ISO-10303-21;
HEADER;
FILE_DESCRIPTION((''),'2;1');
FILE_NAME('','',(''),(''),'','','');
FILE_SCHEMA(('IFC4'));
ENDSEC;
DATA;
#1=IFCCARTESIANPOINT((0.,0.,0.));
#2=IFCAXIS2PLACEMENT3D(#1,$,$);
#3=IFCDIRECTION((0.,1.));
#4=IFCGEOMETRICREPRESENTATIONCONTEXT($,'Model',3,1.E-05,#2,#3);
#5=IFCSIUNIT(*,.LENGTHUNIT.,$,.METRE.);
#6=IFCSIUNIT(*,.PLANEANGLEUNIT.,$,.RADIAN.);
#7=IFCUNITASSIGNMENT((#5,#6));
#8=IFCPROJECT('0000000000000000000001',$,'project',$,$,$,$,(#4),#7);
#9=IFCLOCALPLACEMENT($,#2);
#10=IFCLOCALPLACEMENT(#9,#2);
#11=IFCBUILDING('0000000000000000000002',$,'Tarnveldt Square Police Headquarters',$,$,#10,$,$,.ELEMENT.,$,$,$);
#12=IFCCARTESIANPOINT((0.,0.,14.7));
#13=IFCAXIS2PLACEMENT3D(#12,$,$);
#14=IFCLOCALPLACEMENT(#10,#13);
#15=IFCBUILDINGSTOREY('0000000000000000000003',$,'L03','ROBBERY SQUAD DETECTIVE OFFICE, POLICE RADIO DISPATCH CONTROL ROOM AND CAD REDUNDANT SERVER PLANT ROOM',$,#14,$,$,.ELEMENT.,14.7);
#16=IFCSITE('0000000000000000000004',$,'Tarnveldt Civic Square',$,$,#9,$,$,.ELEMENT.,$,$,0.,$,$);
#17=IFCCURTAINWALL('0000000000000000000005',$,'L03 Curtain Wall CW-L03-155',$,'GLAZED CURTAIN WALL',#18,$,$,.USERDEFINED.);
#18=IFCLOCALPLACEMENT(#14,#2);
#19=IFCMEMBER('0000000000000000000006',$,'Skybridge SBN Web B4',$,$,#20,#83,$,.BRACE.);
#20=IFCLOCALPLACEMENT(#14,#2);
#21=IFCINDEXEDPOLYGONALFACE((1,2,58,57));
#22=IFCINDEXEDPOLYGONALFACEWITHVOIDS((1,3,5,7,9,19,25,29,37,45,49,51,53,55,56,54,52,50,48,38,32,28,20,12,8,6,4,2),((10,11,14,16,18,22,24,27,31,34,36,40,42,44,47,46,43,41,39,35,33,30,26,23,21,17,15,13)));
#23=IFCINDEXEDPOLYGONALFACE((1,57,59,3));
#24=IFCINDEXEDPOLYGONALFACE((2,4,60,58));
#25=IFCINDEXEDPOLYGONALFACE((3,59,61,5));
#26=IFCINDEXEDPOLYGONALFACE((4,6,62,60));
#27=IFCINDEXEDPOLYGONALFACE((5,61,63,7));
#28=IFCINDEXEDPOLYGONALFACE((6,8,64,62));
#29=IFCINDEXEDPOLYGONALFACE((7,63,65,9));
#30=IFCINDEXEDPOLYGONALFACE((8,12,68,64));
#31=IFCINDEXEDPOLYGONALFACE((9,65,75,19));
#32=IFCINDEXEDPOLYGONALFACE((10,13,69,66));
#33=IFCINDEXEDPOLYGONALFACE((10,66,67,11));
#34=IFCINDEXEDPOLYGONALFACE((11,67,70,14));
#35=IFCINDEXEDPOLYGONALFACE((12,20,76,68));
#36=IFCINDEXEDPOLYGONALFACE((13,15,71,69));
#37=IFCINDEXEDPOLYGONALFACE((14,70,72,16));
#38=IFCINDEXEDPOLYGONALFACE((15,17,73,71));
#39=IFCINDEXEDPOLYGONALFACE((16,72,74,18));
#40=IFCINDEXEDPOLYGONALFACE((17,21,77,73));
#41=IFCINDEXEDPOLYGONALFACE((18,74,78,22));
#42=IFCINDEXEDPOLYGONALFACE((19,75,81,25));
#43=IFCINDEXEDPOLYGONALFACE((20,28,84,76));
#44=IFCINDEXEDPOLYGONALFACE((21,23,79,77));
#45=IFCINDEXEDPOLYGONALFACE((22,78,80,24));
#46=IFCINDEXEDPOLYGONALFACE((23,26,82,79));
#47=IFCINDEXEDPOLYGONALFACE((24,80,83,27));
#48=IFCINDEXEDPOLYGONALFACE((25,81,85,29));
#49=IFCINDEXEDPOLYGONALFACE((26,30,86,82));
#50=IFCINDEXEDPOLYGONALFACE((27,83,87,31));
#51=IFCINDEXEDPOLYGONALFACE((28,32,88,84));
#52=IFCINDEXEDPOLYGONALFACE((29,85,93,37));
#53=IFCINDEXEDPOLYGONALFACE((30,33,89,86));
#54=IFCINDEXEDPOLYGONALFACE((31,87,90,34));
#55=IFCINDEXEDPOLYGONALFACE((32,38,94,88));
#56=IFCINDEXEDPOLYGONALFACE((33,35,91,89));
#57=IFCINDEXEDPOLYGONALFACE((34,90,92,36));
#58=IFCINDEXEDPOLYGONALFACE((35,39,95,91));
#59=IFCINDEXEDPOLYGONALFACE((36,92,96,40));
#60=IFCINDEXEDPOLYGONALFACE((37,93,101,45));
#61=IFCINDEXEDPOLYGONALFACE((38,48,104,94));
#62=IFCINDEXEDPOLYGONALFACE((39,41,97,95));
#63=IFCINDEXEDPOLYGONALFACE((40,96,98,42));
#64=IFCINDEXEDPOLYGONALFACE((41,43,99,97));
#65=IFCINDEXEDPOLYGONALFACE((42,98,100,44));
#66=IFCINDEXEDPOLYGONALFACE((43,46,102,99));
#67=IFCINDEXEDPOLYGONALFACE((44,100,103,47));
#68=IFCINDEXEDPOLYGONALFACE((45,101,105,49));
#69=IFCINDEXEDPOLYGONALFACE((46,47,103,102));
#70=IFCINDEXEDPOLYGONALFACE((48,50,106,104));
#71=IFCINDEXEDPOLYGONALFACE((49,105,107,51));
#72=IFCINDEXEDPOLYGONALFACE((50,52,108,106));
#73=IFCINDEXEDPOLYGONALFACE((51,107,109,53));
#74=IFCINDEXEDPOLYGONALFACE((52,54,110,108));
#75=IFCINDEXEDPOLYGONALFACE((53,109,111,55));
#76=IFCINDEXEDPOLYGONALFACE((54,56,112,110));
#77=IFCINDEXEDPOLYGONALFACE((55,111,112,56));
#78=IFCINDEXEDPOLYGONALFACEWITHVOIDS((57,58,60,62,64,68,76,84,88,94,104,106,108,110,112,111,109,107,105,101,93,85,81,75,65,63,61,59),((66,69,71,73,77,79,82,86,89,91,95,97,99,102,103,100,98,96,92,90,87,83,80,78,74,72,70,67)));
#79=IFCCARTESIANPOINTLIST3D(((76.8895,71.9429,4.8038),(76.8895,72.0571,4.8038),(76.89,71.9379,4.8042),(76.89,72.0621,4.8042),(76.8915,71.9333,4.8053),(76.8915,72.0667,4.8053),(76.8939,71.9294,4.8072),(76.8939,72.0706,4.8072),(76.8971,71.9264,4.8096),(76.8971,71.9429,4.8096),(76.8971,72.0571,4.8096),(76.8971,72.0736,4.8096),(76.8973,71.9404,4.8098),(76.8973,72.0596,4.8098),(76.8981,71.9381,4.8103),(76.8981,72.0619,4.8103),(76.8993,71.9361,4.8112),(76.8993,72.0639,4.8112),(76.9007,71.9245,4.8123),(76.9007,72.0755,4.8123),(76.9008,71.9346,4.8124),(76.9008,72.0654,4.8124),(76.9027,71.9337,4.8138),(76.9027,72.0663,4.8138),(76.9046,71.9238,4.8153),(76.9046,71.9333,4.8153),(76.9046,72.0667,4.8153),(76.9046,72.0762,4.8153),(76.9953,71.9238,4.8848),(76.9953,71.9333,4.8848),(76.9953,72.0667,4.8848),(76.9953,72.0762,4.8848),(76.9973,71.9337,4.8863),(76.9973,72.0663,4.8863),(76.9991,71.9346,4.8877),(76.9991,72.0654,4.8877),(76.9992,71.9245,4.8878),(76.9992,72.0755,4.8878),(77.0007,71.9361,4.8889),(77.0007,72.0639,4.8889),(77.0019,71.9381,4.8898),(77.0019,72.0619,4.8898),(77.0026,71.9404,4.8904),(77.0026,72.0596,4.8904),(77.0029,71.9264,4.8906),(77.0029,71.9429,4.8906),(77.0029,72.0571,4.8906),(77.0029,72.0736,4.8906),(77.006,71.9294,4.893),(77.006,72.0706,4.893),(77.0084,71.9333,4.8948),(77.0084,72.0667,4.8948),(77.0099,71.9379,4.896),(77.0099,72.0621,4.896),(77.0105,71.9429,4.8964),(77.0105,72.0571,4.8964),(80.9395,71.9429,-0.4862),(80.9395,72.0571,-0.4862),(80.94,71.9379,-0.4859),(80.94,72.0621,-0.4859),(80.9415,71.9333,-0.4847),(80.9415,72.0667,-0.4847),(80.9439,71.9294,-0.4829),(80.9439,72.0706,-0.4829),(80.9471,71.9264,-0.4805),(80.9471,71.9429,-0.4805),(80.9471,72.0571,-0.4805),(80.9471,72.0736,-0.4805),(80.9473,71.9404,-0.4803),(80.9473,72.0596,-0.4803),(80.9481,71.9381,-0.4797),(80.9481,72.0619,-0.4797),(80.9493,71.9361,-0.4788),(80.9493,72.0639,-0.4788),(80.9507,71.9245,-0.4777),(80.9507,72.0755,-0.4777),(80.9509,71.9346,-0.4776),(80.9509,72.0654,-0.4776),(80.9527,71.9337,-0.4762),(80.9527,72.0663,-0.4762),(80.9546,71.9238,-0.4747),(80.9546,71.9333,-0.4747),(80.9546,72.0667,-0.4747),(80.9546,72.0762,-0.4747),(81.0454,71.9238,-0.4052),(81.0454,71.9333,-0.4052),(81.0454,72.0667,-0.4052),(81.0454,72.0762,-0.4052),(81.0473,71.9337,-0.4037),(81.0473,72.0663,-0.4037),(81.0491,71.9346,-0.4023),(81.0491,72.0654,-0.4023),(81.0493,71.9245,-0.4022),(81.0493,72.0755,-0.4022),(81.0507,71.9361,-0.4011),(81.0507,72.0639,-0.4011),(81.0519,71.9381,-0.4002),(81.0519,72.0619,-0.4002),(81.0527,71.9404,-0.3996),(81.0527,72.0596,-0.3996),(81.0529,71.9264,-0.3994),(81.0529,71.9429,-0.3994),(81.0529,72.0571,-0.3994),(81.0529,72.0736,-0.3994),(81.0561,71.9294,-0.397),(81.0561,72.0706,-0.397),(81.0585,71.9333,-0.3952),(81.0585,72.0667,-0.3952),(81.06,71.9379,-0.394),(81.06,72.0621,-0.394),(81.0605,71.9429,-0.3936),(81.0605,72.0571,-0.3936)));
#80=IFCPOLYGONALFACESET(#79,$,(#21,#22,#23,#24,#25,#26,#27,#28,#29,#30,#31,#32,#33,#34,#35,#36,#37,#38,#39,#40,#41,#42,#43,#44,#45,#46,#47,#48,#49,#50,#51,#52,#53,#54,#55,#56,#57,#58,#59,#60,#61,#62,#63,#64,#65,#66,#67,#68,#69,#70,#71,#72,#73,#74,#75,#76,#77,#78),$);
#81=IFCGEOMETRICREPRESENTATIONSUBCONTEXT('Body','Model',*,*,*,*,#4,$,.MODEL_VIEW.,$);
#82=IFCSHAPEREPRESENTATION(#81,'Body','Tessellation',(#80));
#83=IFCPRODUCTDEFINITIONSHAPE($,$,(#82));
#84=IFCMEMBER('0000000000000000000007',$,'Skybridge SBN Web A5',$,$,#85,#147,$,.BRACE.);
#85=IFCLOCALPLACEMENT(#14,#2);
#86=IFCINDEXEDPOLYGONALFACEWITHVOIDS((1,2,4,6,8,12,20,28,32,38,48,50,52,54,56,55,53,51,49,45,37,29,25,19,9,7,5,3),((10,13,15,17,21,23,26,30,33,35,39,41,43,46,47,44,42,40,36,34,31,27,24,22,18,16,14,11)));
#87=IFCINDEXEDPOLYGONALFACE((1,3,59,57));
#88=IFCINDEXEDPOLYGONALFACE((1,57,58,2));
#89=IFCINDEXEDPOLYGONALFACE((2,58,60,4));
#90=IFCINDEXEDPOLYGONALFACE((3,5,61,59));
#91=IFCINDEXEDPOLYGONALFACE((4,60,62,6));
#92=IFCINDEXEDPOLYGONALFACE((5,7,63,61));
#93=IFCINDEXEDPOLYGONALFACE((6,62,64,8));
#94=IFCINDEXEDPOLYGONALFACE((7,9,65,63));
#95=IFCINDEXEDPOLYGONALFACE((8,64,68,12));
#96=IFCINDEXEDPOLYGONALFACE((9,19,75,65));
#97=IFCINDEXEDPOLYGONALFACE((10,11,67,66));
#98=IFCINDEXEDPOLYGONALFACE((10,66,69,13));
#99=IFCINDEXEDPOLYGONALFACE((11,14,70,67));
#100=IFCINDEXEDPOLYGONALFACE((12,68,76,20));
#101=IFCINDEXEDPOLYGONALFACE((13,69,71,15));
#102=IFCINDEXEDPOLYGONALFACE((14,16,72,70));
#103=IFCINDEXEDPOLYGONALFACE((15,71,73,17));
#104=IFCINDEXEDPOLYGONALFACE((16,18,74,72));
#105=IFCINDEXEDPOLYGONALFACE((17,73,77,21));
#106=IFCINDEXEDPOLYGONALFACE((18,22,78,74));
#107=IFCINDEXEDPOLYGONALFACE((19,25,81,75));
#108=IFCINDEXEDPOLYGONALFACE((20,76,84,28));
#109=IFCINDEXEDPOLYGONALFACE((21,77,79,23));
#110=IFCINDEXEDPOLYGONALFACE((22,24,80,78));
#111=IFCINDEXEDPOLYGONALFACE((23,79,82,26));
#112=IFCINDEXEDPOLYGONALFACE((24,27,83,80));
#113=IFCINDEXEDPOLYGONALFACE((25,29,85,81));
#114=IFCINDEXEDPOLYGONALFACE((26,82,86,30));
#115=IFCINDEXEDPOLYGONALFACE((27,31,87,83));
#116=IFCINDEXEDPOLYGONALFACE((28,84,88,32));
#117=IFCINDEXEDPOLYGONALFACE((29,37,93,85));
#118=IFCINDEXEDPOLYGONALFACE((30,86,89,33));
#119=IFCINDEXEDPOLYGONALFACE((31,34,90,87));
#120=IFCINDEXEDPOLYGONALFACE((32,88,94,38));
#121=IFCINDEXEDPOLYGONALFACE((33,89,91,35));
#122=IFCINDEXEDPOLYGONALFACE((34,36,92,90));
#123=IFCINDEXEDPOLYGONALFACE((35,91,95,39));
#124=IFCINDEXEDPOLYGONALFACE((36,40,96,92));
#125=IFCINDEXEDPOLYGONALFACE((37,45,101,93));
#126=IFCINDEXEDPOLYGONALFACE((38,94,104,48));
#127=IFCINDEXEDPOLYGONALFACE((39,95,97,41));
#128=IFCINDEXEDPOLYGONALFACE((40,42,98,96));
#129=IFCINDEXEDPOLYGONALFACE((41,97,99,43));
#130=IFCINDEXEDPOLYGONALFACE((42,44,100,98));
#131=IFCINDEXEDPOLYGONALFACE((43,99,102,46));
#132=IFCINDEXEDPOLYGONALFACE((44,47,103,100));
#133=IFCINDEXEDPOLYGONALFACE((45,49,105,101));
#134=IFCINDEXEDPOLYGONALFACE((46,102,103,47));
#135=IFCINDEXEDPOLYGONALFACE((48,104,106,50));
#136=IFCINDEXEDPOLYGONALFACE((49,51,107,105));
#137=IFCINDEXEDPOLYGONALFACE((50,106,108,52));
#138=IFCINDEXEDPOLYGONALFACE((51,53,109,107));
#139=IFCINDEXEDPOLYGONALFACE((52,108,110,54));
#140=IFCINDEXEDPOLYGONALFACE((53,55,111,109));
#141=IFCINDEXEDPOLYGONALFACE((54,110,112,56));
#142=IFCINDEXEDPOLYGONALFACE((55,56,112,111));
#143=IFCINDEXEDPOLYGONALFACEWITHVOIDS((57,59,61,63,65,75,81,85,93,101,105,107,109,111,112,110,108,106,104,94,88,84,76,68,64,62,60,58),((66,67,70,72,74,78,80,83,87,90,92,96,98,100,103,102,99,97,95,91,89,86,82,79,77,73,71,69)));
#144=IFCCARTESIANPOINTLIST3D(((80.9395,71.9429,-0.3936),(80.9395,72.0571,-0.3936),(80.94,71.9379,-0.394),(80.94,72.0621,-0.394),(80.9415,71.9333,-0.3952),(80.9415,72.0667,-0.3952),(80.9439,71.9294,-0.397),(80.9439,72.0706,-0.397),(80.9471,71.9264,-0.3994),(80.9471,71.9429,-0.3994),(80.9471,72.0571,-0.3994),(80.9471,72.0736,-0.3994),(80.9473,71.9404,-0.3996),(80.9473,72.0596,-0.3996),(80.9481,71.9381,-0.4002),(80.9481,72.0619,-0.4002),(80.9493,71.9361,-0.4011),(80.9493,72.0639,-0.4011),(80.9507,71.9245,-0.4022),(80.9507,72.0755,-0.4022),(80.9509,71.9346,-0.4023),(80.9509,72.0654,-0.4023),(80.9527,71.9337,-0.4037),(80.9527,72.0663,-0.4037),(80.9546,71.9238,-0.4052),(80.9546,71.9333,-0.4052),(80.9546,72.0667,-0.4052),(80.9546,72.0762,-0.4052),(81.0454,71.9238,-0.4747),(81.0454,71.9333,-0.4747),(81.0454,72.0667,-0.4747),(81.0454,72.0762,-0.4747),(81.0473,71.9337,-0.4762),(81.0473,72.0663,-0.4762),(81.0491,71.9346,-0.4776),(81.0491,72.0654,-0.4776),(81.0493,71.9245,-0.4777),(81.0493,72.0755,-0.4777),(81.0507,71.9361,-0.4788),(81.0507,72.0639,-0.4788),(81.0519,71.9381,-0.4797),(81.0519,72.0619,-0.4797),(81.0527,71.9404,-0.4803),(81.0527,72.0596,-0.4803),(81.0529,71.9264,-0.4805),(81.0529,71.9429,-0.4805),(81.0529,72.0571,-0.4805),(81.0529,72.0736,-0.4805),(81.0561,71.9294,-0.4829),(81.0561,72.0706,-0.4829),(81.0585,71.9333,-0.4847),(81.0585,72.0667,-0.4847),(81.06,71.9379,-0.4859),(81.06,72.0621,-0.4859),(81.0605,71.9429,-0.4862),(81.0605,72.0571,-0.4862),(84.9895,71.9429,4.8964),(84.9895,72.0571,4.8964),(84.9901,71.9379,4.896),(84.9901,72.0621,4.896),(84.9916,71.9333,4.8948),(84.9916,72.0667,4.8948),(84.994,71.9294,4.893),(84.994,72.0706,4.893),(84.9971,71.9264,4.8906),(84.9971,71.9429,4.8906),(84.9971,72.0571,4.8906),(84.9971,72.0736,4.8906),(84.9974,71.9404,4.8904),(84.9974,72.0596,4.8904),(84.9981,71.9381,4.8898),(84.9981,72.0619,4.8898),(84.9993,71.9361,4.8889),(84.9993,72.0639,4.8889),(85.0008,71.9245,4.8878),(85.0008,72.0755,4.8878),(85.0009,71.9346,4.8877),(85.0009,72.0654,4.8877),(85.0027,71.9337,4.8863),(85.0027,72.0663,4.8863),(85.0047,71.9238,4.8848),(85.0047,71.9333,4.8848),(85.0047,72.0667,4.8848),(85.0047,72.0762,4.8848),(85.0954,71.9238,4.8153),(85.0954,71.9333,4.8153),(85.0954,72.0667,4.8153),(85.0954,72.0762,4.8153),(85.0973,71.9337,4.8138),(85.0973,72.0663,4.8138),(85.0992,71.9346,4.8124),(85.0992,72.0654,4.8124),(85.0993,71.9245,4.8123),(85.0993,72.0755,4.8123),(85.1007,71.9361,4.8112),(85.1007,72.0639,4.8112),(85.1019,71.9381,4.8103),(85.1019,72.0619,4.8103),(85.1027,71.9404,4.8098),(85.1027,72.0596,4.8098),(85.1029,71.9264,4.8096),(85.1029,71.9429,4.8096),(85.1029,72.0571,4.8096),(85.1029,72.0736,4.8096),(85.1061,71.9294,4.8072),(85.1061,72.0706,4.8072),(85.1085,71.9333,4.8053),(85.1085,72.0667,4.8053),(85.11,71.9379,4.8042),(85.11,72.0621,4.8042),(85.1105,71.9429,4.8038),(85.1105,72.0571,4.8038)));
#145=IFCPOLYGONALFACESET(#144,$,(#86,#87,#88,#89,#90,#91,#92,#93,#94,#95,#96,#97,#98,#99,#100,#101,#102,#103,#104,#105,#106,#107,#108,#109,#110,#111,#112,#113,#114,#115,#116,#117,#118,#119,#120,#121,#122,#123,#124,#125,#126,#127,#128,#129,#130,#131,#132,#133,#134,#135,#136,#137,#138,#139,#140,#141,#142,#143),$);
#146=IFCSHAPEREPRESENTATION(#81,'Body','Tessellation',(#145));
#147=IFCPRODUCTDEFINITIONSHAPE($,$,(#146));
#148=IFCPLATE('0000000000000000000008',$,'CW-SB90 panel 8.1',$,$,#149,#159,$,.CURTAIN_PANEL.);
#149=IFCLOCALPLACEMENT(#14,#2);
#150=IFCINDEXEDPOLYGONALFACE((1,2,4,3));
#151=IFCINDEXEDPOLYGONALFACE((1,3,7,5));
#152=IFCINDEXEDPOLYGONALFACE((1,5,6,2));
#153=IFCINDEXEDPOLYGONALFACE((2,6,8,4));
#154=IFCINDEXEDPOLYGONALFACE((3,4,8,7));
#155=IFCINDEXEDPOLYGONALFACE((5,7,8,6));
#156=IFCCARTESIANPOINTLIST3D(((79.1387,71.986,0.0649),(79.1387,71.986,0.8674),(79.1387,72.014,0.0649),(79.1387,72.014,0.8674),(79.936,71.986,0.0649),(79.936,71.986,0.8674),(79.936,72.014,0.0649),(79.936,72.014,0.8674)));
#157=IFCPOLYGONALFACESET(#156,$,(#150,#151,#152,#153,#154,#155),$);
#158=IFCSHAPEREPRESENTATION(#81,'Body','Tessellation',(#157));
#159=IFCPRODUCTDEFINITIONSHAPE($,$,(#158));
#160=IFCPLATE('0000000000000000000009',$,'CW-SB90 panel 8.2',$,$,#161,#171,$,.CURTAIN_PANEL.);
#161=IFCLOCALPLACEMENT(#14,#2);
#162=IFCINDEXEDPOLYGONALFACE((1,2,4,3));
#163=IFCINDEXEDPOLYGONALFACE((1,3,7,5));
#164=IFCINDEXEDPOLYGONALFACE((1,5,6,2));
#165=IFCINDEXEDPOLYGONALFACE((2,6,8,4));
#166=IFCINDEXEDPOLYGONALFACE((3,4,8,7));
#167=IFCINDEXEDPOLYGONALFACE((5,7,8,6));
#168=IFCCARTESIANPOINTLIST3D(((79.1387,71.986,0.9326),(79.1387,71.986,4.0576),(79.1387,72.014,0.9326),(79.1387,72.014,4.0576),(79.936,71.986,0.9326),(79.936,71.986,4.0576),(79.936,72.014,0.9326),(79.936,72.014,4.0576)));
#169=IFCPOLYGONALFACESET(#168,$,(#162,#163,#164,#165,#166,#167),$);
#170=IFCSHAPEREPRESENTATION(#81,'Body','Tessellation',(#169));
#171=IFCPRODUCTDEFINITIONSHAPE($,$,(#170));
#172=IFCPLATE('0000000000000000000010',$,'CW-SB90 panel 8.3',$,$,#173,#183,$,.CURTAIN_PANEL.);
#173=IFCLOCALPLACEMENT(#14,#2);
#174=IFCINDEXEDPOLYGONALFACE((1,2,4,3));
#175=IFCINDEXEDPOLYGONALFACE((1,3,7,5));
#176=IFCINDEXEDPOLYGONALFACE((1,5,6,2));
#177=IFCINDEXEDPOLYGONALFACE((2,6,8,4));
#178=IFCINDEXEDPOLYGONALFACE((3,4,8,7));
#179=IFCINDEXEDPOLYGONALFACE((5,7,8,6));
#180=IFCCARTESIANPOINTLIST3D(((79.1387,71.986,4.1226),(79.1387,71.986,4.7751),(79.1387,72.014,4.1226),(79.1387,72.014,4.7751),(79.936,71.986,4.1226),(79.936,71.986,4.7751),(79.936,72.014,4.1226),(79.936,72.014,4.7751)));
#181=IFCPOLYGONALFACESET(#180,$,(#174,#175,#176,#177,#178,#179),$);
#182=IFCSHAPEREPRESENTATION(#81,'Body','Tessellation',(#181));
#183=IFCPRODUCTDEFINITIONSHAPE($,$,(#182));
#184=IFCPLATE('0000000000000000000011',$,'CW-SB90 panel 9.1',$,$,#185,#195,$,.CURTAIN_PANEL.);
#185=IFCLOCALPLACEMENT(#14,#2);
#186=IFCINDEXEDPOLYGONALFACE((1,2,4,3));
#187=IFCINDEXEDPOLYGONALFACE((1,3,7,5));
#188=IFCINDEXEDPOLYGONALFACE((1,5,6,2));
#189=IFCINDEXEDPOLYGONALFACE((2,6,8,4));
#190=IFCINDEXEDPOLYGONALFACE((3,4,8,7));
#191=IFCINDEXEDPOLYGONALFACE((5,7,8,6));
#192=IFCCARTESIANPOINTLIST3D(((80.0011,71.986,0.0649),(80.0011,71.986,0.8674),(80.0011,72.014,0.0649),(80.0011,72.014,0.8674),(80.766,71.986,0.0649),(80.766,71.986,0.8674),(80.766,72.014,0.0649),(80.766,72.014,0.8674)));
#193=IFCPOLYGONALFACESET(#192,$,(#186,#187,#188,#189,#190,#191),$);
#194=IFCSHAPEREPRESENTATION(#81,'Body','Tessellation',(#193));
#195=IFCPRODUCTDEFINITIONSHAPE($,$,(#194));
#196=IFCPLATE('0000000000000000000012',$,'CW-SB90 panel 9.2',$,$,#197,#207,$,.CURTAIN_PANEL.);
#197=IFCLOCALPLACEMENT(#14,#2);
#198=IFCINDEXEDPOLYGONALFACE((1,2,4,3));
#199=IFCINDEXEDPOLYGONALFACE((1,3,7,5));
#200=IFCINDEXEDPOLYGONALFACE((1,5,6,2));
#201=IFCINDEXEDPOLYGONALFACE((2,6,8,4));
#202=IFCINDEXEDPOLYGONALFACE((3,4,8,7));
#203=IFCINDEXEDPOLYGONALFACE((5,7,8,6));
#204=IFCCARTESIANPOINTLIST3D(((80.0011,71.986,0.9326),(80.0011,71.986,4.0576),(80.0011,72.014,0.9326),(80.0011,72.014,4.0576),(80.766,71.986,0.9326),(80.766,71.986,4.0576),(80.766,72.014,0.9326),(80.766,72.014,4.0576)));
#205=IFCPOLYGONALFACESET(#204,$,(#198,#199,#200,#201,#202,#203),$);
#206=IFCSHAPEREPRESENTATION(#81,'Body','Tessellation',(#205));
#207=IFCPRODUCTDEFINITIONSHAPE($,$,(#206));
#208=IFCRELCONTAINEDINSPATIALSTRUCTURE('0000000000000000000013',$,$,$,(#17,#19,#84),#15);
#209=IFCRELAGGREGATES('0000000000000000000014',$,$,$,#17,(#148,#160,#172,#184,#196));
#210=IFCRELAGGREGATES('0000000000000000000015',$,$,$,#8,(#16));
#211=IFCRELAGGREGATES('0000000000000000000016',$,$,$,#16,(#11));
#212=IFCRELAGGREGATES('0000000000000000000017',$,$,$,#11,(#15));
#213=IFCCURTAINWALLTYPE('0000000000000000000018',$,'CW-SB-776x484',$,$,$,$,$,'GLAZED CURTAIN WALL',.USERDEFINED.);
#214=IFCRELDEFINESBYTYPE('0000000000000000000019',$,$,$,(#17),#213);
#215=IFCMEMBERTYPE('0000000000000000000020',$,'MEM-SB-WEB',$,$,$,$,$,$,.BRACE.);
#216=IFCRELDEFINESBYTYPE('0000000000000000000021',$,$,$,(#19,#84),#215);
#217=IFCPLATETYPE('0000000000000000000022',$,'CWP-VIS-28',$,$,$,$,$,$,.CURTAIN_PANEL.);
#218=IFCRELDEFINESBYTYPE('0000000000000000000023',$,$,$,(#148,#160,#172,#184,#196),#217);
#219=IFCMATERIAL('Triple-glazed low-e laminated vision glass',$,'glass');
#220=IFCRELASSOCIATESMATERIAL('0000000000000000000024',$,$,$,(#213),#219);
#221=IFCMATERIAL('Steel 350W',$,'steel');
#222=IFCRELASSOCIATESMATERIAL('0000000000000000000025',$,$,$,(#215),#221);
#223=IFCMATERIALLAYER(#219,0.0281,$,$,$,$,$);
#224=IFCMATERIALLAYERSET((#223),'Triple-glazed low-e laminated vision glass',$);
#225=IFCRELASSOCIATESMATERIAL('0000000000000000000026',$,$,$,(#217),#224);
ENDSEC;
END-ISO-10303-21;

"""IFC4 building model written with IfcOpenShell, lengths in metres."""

from ifc_helpers import new_model, si_unit, direction, frame, origin, origin_2d, place, context, subcontext, project, spatial, rectangle, hollow_rectangle, extrude, material, layer, layer_set, material_profile, profile_set, type_object, element, aggregate, save


model = new_model("IFC4")

# Units and contexts
model_context = context("Model", 3, precision=1e-05, world=origin(), true_north=direction((0.0, 1.0)))
body_context = subcontext(model_context, "Body", "Model", "MODEL_VIEW")
ifc_project = project(units=[si_unit("LENGTHUNIT", "METRE"), si_unit("PLANEANGLEUNIT", "RADIAN")], contexts=[model_context])

# Site, building, storey
site_placement = place(None, origin())
site = spatial("IfcSite", under=ifc_project, at=site_placement, Name="Tarnveldt Civic Square", CompositionType="ELEMENT", RefElevation=0.0)
building_placement = place(site_placement, origin())
building = spatial("IfcBuilding", under=site, at=building_placement, Name="Tarnveldt Square Police Headquarters", CompositionType="ELEMENT")
storey_placement = place(building_placement, frame((0.0, 0.0, 14.7)))
storey = spatial("IfcBuildingStorey", under=building, at=storey_placement, Name="L03", Description="ROBBERY SQUAD DETECTIVE OFFICE, POLICE RADIO DISPATCH CONTROL ROOM AND CAD REDUNDANT SERVER PLANT ROOM", CompositionType="ELEMENT", Elevation=14.7)

# Shared definitions
ifc_material_1 = material(Name="Steel 350W", Category="steel")

# Curtain wall
ifc_material_2 = material(Name="Triple-glazed low-e laminated vision glass", Category="glass")
curtain_wall_type_1 = type_object("IfcCurtainWallType", Name="CW-SB-776x484", ElementType="GLAZED CURTAIN WALL", PredefinedType="USERDEFINED", material=ifc_material_2)
curtain_wall_1_placement = place(storey_placement, origin())
curtain_wall_1 = element("IfcCurtainWall", 1, at=curtain_wall_1_placement, inside=storey, type_object=curtain_wall_type_1, Name="L03 Curtain Wall CW-L03-155", ObjectType="GLAZED CURTAIN WALL", PredefinedType="USERDEFINED")

# Members
ifc_material_profile_1 = material_profile(ifc_material_1, hollow_rectangle(XDim=0.1523, YDim=0.1523, WallThickness=0.0095, InnerFilletRadius=0.0095, OuterFilletRadius=0.019, at=origin_2d()), Name="HSS152x152x9.5")
ifc_profile_set_1 = profile_set([ifc_material_profile_1], Name="Steel 350W")
member_type_1 = type_object("IfcMemberType", Name="MEM-SB-WEB", PredefinedType="BRACE", material=ifc_profile_set_1)
for number, where, z_axis, x_axis, name in (
    (2, (81.0, 72.0, -0.4399), (-0.607898, 0.0, 0.794016), (0.0, -1.0, 0.0), "Skybridge SBN Web B4"),
    (3, (81.0, 72.0, -0.4399), (0.607898, 0.0, 0.794016), (0.0, 1.0, 0.0), "Skybridge SBN Web A5"),
):
    element("IfcMember", number, at=place(storey_placement, frame(where, z_axis=z_axis, x_axis=x_axis)), inside=storey, type_object=member_type_1, Name=name, PredefinedType="BRACE", context=body_context, shape_type="SweptSolid", body=[
        extrude(hollow_rectangle(XDim=0.1523, YDim=0.1523, WallThickness=0.0095, InnerFilletRadius=0.0095, OuterFilletRadius=0.019, at=origin_2d()), origin(), (0.0, 0.0, 1.0), 6.6624),
    ])

# Plates
ifc_layer = layer(ifc_material_2, 0.0281)
ifc_layer_set = layer_set([ifc_layer], Name="Triple-glazed low-e laminated vision glass")
plate_type = type_object("IfcPlateType", Name="CWP-VIS-28", PredefinedType="CURTAIN_PANEL", material=ifc_layer_set)
plate_1_placement = place(storey_placement, frame((79.5374, 72.0, 0.0649), z_axis=(0.0, 0.0, 1.0), x_axis=(1.0, 0.0, 0.0)))
plate_1 = element("IfcPlate", 4, at=plate_1_placement, type_object=plate_type, Name="CW-SB90 panel 8.1", PredefinedType="CURTAIN_PANEL", context=body_context, shape_type="SweptSolid", body=[
    extrude(rectangle(XDim=0.7974, YDim=0.0281, at=origin_2d()), origin(), (0.0, 0.0, 1.0), 0.8025),
])
plate_2_placement = place(storey_placement, frame((79.5374, 72.0, 0.9326), z_axis=(0.0, 0.0, 1.0), x_axis=(1.0, 0.0, 0.0)))
plate_2 = element("IfcPlate", 5, at=plate_2_placement, type_object=plate_type, Name="CW-SB90 panel 8.2", PredefinedType="CURTAIN_PANEL", context=body_context, shape_type="SweptSolid", body=[
    extrude(rectangle(XDim=0.7974, YDim=0.0281, at=origin_2d()), origin(), (0.0, 0.0, 1.0), 3.125),
])
plate_3_placement = place(storey_placement, frame((79.5374, 72.0, 4.1226), z_axis=(0.0, 0.0, 1.0), x_axis=(1.0, 0.0, 0.0)))
plate_3 = element("IfcPlate", 6, at=plate_3_placement, type_object=plate_type, Name="CW-SB90 panel 8.3", PredefinedType="CURTAIN_PANEL", context=body_context, shape_type="SweptSolid", body=[
    extrude(rectangle(XDim=0.7974, YDim=0.0281, at=origin_2d()), origin(), (0.0, 0.0, 1.0), 0.6526),
])
plate_4_placement = place(storey_placement, frame((80.3835, 72.0, 0.0649), z_axis=(0.0, 0.0, 1.0), x_axis=(1.0, 0.0, 0.0)))
plate_4 = element("IfcPlate", 7, at=plate_4_placement, type_object=plate_type, Name="CW-SB90 panel 9.1", PredefinedType="CURTAIN_PANEL", context=body_context, shape_type="SweptSolid", body=[
    extrude(rectangle(XDim=0.7649, YDim=0.0281, at=origin_2d()), origin(), (0.0, 0.0, 1.0), 0.8025),
])
plate_5_placement = place(storey_placement, frame((80.3835, 72.0, 0.9326), z_axis=(0.0, 0.0, 1.0), x_axis=(1.0, 0.0, 0.0)))
plate_5 = element("IfcPlate", 8, at=plate_5_placement, type_object=plate_type, Name="CW-SB90 panel 9.2", PredefinedType="CURTAIN_PANEL", context=body_context, shape_type="SweptSolid", body=[
    extrude(rectangle(XDim=0.7649, YDim=0.0281, at=origin_2d()), origin(), (0.0, 0.0, 1.0), 3.125),
])
aggregate(curtain_wall_1, [plate_1, plate_2, plate_3, plate_4, plate_5])

save(model, "model.ifc")
